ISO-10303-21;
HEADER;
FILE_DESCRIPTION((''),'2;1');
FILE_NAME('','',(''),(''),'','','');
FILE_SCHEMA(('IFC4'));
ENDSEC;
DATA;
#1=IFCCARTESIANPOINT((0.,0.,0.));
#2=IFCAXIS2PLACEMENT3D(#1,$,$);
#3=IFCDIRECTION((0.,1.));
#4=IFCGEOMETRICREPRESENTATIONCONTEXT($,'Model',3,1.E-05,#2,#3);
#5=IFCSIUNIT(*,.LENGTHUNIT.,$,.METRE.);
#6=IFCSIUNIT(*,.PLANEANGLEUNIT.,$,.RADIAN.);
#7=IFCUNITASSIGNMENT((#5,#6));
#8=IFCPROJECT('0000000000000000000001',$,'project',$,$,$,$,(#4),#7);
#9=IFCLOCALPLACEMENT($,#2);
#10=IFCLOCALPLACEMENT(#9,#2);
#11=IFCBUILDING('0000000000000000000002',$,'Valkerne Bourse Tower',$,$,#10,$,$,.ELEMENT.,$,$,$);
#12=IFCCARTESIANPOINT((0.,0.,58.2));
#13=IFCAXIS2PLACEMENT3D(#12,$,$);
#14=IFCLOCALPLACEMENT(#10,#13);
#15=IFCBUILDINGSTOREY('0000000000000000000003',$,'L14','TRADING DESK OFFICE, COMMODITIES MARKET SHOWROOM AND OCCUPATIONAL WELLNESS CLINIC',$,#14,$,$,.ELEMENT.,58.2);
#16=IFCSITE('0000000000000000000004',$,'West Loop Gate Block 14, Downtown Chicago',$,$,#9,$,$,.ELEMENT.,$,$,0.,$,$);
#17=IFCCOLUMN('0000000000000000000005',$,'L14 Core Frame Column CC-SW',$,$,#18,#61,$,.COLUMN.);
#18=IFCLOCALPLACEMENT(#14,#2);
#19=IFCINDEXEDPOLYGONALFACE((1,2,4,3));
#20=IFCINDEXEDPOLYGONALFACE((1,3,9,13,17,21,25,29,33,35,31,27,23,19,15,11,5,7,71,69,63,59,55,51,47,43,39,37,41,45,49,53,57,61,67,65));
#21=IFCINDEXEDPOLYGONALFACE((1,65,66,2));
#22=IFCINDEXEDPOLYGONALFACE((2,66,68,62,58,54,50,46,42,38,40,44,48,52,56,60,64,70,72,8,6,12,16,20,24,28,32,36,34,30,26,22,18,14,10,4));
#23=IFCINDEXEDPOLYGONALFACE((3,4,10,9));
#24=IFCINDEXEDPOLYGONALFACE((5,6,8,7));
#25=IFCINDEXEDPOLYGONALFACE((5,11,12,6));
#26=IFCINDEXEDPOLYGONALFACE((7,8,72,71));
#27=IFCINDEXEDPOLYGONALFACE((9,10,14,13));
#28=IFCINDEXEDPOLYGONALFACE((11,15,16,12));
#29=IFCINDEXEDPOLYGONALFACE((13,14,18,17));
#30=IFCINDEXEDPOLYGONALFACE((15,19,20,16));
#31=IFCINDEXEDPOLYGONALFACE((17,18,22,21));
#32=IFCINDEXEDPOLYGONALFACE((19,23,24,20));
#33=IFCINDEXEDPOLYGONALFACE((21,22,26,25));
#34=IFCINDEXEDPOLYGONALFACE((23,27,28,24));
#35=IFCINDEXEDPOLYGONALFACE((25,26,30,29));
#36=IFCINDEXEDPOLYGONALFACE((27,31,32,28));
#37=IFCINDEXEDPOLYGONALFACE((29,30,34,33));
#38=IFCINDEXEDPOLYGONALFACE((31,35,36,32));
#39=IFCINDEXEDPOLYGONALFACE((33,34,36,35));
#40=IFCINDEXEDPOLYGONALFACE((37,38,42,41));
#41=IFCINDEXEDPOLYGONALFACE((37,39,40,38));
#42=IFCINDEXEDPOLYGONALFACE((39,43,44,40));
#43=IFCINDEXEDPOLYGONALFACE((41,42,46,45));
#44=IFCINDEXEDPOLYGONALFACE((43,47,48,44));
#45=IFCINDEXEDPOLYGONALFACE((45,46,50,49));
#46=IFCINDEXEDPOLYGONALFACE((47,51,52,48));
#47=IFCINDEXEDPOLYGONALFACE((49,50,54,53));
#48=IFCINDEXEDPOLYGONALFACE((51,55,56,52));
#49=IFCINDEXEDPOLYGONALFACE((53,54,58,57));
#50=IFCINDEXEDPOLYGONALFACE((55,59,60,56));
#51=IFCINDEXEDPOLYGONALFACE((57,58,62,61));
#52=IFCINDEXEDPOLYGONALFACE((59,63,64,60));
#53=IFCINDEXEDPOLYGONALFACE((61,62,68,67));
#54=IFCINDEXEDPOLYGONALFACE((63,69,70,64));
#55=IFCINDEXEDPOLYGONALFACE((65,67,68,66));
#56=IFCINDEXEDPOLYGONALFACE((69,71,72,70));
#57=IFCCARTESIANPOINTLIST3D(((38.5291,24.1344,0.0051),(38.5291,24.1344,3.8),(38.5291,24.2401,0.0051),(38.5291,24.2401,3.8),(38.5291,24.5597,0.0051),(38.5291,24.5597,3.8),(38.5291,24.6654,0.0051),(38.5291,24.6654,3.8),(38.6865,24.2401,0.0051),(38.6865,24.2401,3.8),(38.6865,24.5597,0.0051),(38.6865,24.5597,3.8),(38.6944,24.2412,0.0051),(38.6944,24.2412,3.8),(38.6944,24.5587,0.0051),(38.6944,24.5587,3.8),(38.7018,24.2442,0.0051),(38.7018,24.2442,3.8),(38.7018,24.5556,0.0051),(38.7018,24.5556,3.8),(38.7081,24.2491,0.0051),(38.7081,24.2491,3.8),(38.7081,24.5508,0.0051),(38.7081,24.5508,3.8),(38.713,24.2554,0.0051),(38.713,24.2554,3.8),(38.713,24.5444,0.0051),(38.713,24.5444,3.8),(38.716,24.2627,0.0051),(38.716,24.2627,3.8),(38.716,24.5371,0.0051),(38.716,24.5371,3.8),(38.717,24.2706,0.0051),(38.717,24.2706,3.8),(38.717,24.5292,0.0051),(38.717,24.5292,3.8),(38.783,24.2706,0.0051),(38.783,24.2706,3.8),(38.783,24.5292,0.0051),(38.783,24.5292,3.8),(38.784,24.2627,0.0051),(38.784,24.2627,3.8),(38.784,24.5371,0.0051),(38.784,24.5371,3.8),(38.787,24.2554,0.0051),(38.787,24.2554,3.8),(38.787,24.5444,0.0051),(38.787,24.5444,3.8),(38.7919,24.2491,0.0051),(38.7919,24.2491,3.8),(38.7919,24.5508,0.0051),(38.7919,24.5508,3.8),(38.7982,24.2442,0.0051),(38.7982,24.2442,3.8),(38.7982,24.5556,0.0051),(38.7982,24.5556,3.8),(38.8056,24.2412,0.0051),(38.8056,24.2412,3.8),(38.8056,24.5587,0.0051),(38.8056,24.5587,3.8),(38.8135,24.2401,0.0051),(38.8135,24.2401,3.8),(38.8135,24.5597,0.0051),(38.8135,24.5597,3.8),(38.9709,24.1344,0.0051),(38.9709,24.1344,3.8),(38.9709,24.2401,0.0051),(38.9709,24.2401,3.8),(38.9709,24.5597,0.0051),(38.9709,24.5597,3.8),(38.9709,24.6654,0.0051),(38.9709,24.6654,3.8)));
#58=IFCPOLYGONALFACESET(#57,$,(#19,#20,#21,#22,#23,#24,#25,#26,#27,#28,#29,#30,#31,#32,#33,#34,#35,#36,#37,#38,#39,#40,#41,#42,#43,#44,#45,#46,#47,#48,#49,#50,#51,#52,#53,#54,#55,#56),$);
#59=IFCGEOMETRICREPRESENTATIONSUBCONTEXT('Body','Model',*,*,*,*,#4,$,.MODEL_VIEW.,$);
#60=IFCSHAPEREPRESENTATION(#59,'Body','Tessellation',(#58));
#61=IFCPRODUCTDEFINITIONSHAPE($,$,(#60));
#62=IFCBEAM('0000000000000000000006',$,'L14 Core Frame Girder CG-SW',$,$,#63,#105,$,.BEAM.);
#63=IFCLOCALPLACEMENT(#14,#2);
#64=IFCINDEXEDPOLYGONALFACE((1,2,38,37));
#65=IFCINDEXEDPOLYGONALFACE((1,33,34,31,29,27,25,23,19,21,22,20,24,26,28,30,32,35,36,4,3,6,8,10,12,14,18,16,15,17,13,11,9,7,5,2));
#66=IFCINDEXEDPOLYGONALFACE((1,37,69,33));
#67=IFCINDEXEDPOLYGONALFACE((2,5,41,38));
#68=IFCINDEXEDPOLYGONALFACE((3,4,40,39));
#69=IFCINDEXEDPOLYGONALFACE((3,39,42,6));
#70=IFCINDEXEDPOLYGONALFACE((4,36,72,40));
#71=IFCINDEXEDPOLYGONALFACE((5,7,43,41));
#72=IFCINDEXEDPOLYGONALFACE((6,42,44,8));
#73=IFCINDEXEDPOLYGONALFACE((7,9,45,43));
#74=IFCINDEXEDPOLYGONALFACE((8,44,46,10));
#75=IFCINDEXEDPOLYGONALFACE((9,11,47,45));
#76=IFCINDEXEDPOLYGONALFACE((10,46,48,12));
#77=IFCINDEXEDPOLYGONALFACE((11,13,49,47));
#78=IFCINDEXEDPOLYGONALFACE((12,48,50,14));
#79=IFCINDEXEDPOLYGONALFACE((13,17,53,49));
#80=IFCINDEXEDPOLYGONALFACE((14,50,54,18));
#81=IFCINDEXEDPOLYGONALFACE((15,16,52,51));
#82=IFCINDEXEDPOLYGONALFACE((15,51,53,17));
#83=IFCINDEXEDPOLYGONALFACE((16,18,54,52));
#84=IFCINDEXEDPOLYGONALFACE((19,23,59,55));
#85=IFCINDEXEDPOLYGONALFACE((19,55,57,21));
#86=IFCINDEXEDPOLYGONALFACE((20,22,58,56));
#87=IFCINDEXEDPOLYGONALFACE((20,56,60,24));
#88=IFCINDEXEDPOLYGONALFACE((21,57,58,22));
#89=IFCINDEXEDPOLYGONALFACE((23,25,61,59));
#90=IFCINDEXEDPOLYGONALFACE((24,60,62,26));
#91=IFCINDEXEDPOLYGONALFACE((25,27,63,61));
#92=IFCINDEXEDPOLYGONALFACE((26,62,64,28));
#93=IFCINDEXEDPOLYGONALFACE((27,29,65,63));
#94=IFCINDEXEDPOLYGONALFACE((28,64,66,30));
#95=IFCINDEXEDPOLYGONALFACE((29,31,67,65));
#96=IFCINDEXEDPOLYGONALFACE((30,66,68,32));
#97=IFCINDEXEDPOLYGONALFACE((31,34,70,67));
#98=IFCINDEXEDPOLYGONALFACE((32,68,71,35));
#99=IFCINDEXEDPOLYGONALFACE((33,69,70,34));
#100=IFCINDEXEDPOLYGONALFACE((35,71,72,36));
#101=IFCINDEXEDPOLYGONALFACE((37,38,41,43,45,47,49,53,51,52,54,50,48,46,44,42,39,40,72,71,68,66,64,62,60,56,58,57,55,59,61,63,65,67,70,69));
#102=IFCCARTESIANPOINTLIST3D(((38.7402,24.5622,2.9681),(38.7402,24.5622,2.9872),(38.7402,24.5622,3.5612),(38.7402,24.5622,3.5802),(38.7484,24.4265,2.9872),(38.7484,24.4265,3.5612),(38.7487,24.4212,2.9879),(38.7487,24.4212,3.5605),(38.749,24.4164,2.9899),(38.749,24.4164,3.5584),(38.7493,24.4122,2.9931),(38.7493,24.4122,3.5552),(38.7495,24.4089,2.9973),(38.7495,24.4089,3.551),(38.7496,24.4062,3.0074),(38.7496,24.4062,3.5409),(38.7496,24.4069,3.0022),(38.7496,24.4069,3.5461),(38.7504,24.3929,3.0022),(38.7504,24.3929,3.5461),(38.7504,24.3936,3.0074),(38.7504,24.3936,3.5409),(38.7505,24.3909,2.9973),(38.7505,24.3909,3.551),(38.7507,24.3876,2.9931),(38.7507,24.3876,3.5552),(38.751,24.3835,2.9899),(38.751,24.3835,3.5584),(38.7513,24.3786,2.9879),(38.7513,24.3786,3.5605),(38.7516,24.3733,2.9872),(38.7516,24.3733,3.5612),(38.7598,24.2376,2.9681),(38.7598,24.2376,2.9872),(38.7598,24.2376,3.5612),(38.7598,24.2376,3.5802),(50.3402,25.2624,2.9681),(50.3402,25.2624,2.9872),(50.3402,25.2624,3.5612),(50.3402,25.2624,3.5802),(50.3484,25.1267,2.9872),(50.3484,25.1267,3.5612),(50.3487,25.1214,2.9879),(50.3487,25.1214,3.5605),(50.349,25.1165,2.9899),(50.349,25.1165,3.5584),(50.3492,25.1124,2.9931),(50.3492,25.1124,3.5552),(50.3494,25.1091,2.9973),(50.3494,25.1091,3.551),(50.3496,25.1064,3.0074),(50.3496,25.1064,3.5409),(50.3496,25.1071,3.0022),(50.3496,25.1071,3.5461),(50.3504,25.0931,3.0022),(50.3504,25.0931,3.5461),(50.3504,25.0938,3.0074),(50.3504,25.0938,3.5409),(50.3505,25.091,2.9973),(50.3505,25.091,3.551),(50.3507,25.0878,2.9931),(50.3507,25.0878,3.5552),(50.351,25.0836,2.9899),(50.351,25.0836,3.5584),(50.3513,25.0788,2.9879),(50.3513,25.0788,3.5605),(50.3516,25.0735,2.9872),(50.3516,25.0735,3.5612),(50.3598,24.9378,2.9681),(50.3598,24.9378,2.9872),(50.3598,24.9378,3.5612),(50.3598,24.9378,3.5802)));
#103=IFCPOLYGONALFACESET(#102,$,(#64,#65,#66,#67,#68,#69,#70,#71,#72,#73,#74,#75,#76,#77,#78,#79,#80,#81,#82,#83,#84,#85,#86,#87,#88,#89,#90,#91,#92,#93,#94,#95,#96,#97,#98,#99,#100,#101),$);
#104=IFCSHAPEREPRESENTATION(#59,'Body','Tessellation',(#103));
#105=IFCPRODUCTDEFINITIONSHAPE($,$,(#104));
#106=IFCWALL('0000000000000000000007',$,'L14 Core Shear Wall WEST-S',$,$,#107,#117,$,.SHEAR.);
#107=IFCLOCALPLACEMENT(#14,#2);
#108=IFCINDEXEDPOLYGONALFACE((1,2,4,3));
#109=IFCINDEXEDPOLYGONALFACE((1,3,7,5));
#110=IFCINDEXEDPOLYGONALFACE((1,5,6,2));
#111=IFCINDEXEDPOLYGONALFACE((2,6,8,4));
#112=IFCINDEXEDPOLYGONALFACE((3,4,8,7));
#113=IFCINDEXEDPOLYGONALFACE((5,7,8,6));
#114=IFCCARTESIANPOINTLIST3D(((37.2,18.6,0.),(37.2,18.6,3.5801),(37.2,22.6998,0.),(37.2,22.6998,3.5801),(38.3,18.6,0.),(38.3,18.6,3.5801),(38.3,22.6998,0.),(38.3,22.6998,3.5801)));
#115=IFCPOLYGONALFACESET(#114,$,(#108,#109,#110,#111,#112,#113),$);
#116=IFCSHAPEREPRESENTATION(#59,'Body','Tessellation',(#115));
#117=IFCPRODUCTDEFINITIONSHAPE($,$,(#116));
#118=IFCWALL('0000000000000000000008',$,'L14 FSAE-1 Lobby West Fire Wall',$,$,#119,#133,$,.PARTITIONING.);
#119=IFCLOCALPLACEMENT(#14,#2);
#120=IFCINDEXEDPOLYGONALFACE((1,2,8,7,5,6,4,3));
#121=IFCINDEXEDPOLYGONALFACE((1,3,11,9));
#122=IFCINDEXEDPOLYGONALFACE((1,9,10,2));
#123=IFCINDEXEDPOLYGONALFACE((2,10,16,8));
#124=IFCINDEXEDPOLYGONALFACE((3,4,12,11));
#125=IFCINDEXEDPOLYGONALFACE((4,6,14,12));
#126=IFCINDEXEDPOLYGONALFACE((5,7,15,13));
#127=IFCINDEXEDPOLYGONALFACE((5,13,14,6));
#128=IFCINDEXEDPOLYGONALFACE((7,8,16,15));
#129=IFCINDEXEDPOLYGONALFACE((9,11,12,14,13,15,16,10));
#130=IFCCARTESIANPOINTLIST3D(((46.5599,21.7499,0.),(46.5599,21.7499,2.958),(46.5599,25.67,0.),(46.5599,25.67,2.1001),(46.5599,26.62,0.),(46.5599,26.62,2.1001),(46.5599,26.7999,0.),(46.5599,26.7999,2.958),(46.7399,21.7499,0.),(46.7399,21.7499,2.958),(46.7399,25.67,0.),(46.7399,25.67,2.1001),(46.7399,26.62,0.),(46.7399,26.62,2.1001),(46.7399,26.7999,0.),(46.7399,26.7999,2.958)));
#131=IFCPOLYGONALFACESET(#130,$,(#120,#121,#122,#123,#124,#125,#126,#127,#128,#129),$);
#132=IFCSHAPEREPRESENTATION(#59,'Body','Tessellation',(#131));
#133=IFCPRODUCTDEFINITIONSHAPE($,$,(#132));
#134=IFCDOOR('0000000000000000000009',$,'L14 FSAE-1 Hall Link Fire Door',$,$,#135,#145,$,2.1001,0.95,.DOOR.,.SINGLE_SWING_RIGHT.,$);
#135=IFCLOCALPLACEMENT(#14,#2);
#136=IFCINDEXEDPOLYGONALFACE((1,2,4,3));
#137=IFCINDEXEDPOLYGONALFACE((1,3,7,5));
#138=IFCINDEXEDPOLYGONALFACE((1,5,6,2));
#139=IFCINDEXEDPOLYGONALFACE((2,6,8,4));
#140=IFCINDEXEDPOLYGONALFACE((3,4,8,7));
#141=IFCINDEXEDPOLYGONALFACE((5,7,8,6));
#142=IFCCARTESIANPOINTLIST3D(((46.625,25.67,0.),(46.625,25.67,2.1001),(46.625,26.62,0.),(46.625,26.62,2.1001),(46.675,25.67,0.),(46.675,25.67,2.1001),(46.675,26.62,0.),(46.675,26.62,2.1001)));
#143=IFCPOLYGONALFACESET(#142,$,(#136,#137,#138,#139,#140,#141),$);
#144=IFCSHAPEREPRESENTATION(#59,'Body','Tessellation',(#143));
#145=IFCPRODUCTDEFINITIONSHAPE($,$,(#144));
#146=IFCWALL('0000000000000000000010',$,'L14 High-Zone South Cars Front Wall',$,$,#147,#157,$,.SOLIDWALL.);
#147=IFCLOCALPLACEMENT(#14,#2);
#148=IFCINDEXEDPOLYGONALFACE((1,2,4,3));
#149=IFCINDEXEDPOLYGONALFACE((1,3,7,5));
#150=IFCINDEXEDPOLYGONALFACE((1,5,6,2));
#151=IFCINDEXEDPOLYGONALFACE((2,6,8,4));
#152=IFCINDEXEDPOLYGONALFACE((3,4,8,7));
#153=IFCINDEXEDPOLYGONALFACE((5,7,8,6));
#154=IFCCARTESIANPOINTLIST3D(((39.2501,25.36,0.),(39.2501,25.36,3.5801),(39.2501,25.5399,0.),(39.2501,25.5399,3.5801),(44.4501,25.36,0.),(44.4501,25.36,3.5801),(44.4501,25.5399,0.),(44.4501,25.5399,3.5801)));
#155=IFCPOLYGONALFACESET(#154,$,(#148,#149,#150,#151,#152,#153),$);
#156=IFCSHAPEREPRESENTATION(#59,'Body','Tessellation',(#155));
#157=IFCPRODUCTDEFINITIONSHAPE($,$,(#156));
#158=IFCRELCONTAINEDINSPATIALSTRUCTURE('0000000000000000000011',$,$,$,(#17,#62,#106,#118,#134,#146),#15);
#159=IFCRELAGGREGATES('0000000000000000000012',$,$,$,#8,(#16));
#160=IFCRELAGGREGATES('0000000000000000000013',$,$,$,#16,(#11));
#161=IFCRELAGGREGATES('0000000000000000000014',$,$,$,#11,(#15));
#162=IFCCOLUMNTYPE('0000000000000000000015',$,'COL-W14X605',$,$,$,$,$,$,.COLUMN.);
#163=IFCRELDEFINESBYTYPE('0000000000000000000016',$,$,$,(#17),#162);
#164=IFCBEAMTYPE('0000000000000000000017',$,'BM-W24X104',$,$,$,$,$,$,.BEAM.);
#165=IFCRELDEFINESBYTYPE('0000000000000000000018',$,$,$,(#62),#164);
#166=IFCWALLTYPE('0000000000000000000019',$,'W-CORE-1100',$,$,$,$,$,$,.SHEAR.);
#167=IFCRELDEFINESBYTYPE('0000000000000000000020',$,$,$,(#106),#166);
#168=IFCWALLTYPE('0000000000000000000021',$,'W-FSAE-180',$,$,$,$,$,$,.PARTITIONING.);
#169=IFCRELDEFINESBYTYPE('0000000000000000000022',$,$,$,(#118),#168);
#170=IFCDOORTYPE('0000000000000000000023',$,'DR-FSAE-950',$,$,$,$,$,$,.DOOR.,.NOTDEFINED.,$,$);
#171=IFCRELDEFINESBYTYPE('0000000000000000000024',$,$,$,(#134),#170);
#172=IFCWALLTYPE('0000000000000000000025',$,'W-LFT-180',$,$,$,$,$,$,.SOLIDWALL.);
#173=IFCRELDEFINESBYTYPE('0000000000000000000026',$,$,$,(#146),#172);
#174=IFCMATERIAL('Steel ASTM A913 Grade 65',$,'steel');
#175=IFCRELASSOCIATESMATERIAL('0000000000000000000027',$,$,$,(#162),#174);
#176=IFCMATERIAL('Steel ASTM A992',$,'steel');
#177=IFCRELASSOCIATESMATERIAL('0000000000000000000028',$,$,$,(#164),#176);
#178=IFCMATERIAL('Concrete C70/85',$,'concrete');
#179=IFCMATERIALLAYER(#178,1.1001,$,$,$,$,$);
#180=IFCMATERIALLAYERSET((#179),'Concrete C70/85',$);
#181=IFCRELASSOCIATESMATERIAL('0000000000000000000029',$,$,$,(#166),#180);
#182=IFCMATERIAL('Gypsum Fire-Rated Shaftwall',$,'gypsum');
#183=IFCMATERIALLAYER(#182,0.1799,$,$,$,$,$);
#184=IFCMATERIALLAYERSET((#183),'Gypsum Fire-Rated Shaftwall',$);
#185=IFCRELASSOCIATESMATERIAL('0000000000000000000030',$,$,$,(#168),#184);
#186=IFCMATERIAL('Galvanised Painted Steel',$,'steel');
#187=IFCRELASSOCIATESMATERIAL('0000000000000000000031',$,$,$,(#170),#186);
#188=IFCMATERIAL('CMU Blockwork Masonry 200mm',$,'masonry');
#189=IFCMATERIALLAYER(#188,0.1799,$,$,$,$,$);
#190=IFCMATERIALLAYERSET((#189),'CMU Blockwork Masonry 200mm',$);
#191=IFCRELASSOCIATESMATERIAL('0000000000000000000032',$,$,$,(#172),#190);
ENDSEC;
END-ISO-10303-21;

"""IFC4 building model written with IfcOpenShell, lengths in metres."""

from ifc_helpers import new_model, si_unit, direction, frame, frame_2d, origin, origin_2d, place, context, subcontext, project, spatial, rectangle, i_section, extrude, material, layer, layer_set, material_profile, profile_set, type_object, element, fill, save


model = new_model("IFC4")

# Units and contexts
model_context = context("Model", 3, precision=1e-05, world=origin(), true_north=direction((0.0, 1.0)))
body_context = subcontext(model_context, "Body", "Model", "MODEL_VIEW")
ifc_project = project(units=[si_unit("LENGTHUNIT", "METRE"), si_unit("PLANEANGLEUNIT", "RADIAN")], contexts=[model_context])

# Site, building, storey
site_placement = place(None, origin())
site = spatial("IfcSite", under=ifc_project, at=site_placement, Name="West Loop Gate Block 14, Downtown Chicago", CompositionType="ELEMENT", RefElevation=0.0)
building_placement = place(site_placement, origin())
building = spatial("IfcBuilding", under=site, at=building_placement, Name="Valkerne Bourse Tower", CompositionType="ELEMENT")
storey_placement = place(building_placement, frame((0.0, 0.0, 58.2)))
storey = spatial("IfcBuildingStorey", under=building, at=storey_placement, Name="L14", Description="TRADING DESK OFFICE, COMMODITIES MARKET SHOWROOM AND OCCUPATIONAL WELLNESS CLINIC", CompositionType="ELEMENT", Elevation=58.2)

# Column
ifc_material_1 = material(Name="Steel ASTM A913 Grade 65", Category="steel")
ifc_material_profile_1 = material_profile(ifc_material_1, i_section(OverallWidth=0.4419, OverallDepth=0.531, WebThickness=0.0659, FlangeThickness=0.1057, FilletRadius=0.0305, at=origin_2d()), Name="W14X605")
ifc_profile_set_1 = profile_set([ifc_material_profile_1], Name="Steel ASTM A913 Grade 65")
column_type = type_object("IfcColumnType", Name="COL-W14X605", PredefinedType="COLUMN", material=ifc_profile_set_1)
column_placement = place(storey_placement, frame((38.75, 24.3999, 0.0051), z_axis=(0.0, 0.0, 1.0), x_axis=(1.0, 0.0, 0.0)))
element("IfcColumn", 1, at=column_placement, inside=storey, type_object=column_type, Name="L14 Core Frame Column CC-SW", PredefinedType="COLUMN", context=body_context, shape_type="SweptSolid", body=[
    extrude(i_section(OverallWidth=0.4419, OverallDepth=0.531, WebThickness=0.0659, FlangeThickness=0.1057, FilletRadius=0.0305, at=origin_2d()), origin(), (0.0, 0.0, 1.0), 3.7949),
])

# Beam
ifc_material_2 = material(Name="Steel ASTM A992", Category="steel")
ifc_material_profile_2 = material_profile(ifc_material_2, i_section(OverallWidth=0.3252, OverallDepth=0.6121, WebThickness=0.0127, FlangeThickness=0.019, FilletRadius=0.0203, at=origin_2d()), Name="W24X104")
ifc_profile_set_2 = profile_set([ifc_material_profile_2], Name="Steel ASTM A992")
beam_type = type_object("IfcBeamType", Name="BM-W24X104", PredefinedType="BEAM", material=ifc_profile_set_2)
beam_placement = place(storey_placement, frame((38.75, 24.3999, 3.2742), z_axis=(0.998183, 0.060251, 0.0), x_axis=(-0.060251, 0.998183, 0.0)))
element("IfcBeam", 2, at=beam_placement, inside=storey, type_object=beam_type, Name="L14 Core Frame Girder CG-SW", PredefinedType="BEAM", context=body_context, shape_type="SweptSolid", body=[
    extrude(i_section(OverallWidth=0.3252, OverallDepth=0.6121, WebThickness=0.0127, FlangeThickness=0.019, FilletRadius=0.0203, at=origin_2d()), origin(), (0.0, 0.0, 1.0), 11.6211),
])

# Shared definitions
ifc_material_3 = material(Name="Concrete C70/85", Category="concrete")
ifc_layer_1 = layer(ifc_material_3, 1.1001)
ifc_layer_set_1 = layer_set([ifc_layer_1], Name="Concrete C70/85")
wall_type_1 = type_object("IfcWallType", Name="W-CORE-1100", PredefinedType="SHEAR", material=ifc_layer_set_1)
ifc_material_4 = material(Name="Galvanised Painted Steel", Category="steel")

# Wall
wall_1_placement = place(storey_placement, frame((37.75, 18.6001, 0.0), z_axis=(0.0, 0.0, 1.0), x_axis=(0.0, 1.0, 0.0)))
element("IfcWall", 3, at=wall_1_placement, inside=storey, type_object=wall_type_1, Name="L14 Core Shear Wall WEST-S", PredefinedType="SHEAR", context=body_context, shape_type="SweptSolid", body=[
    extrude(rectangle(XDim=4.0999, YDim=1.1001, at=frame_2d((2.0498, 0.0))), origin(), (0.0, 0.0, 1.0), 3.5801),
])

# Wall, opening, door
ifc_material_5 = material(Name="Gypsum Fire-Rated Shaftwall", Category="gypsum")
ifc_layer_2 = layer(ifc_material_5, 0.1799)
ifc_layer_set_2 = layer_set([ifc_layer_2], Name="Gypsum Fire-Rated Shaftwall")
wall_type_2 = type_object("IfcWallType", Name="W-FSAE-180", PredefinedType="PARTITIONING", material=ifc_layer_set_2)
wall_2_placement = place(storey_placement, frame((46.6499, 21.75, 0.0), z_axis=(0.0, 0.0, 1.0), x_axis=(0.0, 1.0, 0.0)))
wall_2 = element("IfcWall", 4, at=wall_2_placement, inside=storey, type_object=wall_type_2, Name="L14 FSAE-1 Lobby West Fire Wall", PredefinedType="PARTITIONING", context=body_context, shape_type="SweptSolid", body=[
    extrude(rectangle(XDim=5.05, YDim=0.1799, at=frame_2d((2.5249, 0.0))), origin(), (0.0, 0.0, 1.0), 2.958),
])
opening_1_placement = place(wall_2_placement, frame((3.9199, 0.0, 0.0)))
opening_1 = element("IfcOpeningElement", 5, at=opening_1_placement, cuts=wall_2, PredefinedType="OPENING", context=body_context, shape_type="SweptSolid", body=[
    extrude(rectangle(XDim=0.95, YDim=2.1001, at=frame_2d((0.4751, 1.05))), frame((0.0, 0.0999, 0.0), z_axis=(0.0, -1.0, 0.0), x_axis=(1.0, 0.0, 0.0)), (0.0, 0.0, 1.0), 0.2),
])
door_type_1 = type_object("IfcDoorType", Name="DR-FSAE-950", OperationType="NOTDEFINED", PredefinedType="DOOR", material=ifc_material_4)
door_1_placement = place(opening_1_placement, origin())
door_1 = element("IfcDoor", 6, at=door_1_placement, inside=storey, type_object=door_type_1, Name="L14 FSAE-1 Hall Link Fire Door", OperationType="SINGLE_SWING_RIGHT", OverallHeight=2.1001, OverallWidth=0.95, PredefinedType="DOOR", context=body_context, shape_type="SweptSolid", body=[
    extrude(rectangle(XDim=0.95, YDim=2.1001, at=frame_2d((0.4751, 1.05))), frame((0.0, 0.0249, 0.0), z_axis=(0.0, -1.0, 0.0), x_axis=(1.0, 0.0, 0.0)), (0.0, 0.0, 1.0), 0.05),
])
fill(opening_1, door_1)

# Shared definitions
ifc_material_6 = material(Name="CMU Blockwork Masonry 200mm", Category="masonry")
ifc_layer_3 = layer(ifc_material_6, 0.1799)
ifc_layer_set_3 = layer_set([ifc_layer_3], Name="CMU Blockwork Masonry 200mm")
wall_type_3 = type_object("IfcWallType", Name="W-LFT-180", PredefinedType="SOLIDWALL", material=ifc_layer_set_3)

# Wall
wall_3_placement = place(storey_placement, frame((39.25, 25.45, 0.0), z_axis=(0.0, 0.0, 1.0), x_axis=(1.0, 0.0, 0.0)))
element("IfcWall", 7, at=wall_3_placement, inside=storey, type_object=wall_type_3, Name="L14 High-Zone South Cars Front Wall", PredefinedType="SOLIDWALL", context=body_context, shape_type="SweptSolid", body=[
    extrude(rectangle(XDim=5.2, YDim=0.1799, at=frame_2d((2.6001, 0.0))), origin(), (0.0, 0.0, 1.0), 3.5801),
])

save(model, "model.ifc")
